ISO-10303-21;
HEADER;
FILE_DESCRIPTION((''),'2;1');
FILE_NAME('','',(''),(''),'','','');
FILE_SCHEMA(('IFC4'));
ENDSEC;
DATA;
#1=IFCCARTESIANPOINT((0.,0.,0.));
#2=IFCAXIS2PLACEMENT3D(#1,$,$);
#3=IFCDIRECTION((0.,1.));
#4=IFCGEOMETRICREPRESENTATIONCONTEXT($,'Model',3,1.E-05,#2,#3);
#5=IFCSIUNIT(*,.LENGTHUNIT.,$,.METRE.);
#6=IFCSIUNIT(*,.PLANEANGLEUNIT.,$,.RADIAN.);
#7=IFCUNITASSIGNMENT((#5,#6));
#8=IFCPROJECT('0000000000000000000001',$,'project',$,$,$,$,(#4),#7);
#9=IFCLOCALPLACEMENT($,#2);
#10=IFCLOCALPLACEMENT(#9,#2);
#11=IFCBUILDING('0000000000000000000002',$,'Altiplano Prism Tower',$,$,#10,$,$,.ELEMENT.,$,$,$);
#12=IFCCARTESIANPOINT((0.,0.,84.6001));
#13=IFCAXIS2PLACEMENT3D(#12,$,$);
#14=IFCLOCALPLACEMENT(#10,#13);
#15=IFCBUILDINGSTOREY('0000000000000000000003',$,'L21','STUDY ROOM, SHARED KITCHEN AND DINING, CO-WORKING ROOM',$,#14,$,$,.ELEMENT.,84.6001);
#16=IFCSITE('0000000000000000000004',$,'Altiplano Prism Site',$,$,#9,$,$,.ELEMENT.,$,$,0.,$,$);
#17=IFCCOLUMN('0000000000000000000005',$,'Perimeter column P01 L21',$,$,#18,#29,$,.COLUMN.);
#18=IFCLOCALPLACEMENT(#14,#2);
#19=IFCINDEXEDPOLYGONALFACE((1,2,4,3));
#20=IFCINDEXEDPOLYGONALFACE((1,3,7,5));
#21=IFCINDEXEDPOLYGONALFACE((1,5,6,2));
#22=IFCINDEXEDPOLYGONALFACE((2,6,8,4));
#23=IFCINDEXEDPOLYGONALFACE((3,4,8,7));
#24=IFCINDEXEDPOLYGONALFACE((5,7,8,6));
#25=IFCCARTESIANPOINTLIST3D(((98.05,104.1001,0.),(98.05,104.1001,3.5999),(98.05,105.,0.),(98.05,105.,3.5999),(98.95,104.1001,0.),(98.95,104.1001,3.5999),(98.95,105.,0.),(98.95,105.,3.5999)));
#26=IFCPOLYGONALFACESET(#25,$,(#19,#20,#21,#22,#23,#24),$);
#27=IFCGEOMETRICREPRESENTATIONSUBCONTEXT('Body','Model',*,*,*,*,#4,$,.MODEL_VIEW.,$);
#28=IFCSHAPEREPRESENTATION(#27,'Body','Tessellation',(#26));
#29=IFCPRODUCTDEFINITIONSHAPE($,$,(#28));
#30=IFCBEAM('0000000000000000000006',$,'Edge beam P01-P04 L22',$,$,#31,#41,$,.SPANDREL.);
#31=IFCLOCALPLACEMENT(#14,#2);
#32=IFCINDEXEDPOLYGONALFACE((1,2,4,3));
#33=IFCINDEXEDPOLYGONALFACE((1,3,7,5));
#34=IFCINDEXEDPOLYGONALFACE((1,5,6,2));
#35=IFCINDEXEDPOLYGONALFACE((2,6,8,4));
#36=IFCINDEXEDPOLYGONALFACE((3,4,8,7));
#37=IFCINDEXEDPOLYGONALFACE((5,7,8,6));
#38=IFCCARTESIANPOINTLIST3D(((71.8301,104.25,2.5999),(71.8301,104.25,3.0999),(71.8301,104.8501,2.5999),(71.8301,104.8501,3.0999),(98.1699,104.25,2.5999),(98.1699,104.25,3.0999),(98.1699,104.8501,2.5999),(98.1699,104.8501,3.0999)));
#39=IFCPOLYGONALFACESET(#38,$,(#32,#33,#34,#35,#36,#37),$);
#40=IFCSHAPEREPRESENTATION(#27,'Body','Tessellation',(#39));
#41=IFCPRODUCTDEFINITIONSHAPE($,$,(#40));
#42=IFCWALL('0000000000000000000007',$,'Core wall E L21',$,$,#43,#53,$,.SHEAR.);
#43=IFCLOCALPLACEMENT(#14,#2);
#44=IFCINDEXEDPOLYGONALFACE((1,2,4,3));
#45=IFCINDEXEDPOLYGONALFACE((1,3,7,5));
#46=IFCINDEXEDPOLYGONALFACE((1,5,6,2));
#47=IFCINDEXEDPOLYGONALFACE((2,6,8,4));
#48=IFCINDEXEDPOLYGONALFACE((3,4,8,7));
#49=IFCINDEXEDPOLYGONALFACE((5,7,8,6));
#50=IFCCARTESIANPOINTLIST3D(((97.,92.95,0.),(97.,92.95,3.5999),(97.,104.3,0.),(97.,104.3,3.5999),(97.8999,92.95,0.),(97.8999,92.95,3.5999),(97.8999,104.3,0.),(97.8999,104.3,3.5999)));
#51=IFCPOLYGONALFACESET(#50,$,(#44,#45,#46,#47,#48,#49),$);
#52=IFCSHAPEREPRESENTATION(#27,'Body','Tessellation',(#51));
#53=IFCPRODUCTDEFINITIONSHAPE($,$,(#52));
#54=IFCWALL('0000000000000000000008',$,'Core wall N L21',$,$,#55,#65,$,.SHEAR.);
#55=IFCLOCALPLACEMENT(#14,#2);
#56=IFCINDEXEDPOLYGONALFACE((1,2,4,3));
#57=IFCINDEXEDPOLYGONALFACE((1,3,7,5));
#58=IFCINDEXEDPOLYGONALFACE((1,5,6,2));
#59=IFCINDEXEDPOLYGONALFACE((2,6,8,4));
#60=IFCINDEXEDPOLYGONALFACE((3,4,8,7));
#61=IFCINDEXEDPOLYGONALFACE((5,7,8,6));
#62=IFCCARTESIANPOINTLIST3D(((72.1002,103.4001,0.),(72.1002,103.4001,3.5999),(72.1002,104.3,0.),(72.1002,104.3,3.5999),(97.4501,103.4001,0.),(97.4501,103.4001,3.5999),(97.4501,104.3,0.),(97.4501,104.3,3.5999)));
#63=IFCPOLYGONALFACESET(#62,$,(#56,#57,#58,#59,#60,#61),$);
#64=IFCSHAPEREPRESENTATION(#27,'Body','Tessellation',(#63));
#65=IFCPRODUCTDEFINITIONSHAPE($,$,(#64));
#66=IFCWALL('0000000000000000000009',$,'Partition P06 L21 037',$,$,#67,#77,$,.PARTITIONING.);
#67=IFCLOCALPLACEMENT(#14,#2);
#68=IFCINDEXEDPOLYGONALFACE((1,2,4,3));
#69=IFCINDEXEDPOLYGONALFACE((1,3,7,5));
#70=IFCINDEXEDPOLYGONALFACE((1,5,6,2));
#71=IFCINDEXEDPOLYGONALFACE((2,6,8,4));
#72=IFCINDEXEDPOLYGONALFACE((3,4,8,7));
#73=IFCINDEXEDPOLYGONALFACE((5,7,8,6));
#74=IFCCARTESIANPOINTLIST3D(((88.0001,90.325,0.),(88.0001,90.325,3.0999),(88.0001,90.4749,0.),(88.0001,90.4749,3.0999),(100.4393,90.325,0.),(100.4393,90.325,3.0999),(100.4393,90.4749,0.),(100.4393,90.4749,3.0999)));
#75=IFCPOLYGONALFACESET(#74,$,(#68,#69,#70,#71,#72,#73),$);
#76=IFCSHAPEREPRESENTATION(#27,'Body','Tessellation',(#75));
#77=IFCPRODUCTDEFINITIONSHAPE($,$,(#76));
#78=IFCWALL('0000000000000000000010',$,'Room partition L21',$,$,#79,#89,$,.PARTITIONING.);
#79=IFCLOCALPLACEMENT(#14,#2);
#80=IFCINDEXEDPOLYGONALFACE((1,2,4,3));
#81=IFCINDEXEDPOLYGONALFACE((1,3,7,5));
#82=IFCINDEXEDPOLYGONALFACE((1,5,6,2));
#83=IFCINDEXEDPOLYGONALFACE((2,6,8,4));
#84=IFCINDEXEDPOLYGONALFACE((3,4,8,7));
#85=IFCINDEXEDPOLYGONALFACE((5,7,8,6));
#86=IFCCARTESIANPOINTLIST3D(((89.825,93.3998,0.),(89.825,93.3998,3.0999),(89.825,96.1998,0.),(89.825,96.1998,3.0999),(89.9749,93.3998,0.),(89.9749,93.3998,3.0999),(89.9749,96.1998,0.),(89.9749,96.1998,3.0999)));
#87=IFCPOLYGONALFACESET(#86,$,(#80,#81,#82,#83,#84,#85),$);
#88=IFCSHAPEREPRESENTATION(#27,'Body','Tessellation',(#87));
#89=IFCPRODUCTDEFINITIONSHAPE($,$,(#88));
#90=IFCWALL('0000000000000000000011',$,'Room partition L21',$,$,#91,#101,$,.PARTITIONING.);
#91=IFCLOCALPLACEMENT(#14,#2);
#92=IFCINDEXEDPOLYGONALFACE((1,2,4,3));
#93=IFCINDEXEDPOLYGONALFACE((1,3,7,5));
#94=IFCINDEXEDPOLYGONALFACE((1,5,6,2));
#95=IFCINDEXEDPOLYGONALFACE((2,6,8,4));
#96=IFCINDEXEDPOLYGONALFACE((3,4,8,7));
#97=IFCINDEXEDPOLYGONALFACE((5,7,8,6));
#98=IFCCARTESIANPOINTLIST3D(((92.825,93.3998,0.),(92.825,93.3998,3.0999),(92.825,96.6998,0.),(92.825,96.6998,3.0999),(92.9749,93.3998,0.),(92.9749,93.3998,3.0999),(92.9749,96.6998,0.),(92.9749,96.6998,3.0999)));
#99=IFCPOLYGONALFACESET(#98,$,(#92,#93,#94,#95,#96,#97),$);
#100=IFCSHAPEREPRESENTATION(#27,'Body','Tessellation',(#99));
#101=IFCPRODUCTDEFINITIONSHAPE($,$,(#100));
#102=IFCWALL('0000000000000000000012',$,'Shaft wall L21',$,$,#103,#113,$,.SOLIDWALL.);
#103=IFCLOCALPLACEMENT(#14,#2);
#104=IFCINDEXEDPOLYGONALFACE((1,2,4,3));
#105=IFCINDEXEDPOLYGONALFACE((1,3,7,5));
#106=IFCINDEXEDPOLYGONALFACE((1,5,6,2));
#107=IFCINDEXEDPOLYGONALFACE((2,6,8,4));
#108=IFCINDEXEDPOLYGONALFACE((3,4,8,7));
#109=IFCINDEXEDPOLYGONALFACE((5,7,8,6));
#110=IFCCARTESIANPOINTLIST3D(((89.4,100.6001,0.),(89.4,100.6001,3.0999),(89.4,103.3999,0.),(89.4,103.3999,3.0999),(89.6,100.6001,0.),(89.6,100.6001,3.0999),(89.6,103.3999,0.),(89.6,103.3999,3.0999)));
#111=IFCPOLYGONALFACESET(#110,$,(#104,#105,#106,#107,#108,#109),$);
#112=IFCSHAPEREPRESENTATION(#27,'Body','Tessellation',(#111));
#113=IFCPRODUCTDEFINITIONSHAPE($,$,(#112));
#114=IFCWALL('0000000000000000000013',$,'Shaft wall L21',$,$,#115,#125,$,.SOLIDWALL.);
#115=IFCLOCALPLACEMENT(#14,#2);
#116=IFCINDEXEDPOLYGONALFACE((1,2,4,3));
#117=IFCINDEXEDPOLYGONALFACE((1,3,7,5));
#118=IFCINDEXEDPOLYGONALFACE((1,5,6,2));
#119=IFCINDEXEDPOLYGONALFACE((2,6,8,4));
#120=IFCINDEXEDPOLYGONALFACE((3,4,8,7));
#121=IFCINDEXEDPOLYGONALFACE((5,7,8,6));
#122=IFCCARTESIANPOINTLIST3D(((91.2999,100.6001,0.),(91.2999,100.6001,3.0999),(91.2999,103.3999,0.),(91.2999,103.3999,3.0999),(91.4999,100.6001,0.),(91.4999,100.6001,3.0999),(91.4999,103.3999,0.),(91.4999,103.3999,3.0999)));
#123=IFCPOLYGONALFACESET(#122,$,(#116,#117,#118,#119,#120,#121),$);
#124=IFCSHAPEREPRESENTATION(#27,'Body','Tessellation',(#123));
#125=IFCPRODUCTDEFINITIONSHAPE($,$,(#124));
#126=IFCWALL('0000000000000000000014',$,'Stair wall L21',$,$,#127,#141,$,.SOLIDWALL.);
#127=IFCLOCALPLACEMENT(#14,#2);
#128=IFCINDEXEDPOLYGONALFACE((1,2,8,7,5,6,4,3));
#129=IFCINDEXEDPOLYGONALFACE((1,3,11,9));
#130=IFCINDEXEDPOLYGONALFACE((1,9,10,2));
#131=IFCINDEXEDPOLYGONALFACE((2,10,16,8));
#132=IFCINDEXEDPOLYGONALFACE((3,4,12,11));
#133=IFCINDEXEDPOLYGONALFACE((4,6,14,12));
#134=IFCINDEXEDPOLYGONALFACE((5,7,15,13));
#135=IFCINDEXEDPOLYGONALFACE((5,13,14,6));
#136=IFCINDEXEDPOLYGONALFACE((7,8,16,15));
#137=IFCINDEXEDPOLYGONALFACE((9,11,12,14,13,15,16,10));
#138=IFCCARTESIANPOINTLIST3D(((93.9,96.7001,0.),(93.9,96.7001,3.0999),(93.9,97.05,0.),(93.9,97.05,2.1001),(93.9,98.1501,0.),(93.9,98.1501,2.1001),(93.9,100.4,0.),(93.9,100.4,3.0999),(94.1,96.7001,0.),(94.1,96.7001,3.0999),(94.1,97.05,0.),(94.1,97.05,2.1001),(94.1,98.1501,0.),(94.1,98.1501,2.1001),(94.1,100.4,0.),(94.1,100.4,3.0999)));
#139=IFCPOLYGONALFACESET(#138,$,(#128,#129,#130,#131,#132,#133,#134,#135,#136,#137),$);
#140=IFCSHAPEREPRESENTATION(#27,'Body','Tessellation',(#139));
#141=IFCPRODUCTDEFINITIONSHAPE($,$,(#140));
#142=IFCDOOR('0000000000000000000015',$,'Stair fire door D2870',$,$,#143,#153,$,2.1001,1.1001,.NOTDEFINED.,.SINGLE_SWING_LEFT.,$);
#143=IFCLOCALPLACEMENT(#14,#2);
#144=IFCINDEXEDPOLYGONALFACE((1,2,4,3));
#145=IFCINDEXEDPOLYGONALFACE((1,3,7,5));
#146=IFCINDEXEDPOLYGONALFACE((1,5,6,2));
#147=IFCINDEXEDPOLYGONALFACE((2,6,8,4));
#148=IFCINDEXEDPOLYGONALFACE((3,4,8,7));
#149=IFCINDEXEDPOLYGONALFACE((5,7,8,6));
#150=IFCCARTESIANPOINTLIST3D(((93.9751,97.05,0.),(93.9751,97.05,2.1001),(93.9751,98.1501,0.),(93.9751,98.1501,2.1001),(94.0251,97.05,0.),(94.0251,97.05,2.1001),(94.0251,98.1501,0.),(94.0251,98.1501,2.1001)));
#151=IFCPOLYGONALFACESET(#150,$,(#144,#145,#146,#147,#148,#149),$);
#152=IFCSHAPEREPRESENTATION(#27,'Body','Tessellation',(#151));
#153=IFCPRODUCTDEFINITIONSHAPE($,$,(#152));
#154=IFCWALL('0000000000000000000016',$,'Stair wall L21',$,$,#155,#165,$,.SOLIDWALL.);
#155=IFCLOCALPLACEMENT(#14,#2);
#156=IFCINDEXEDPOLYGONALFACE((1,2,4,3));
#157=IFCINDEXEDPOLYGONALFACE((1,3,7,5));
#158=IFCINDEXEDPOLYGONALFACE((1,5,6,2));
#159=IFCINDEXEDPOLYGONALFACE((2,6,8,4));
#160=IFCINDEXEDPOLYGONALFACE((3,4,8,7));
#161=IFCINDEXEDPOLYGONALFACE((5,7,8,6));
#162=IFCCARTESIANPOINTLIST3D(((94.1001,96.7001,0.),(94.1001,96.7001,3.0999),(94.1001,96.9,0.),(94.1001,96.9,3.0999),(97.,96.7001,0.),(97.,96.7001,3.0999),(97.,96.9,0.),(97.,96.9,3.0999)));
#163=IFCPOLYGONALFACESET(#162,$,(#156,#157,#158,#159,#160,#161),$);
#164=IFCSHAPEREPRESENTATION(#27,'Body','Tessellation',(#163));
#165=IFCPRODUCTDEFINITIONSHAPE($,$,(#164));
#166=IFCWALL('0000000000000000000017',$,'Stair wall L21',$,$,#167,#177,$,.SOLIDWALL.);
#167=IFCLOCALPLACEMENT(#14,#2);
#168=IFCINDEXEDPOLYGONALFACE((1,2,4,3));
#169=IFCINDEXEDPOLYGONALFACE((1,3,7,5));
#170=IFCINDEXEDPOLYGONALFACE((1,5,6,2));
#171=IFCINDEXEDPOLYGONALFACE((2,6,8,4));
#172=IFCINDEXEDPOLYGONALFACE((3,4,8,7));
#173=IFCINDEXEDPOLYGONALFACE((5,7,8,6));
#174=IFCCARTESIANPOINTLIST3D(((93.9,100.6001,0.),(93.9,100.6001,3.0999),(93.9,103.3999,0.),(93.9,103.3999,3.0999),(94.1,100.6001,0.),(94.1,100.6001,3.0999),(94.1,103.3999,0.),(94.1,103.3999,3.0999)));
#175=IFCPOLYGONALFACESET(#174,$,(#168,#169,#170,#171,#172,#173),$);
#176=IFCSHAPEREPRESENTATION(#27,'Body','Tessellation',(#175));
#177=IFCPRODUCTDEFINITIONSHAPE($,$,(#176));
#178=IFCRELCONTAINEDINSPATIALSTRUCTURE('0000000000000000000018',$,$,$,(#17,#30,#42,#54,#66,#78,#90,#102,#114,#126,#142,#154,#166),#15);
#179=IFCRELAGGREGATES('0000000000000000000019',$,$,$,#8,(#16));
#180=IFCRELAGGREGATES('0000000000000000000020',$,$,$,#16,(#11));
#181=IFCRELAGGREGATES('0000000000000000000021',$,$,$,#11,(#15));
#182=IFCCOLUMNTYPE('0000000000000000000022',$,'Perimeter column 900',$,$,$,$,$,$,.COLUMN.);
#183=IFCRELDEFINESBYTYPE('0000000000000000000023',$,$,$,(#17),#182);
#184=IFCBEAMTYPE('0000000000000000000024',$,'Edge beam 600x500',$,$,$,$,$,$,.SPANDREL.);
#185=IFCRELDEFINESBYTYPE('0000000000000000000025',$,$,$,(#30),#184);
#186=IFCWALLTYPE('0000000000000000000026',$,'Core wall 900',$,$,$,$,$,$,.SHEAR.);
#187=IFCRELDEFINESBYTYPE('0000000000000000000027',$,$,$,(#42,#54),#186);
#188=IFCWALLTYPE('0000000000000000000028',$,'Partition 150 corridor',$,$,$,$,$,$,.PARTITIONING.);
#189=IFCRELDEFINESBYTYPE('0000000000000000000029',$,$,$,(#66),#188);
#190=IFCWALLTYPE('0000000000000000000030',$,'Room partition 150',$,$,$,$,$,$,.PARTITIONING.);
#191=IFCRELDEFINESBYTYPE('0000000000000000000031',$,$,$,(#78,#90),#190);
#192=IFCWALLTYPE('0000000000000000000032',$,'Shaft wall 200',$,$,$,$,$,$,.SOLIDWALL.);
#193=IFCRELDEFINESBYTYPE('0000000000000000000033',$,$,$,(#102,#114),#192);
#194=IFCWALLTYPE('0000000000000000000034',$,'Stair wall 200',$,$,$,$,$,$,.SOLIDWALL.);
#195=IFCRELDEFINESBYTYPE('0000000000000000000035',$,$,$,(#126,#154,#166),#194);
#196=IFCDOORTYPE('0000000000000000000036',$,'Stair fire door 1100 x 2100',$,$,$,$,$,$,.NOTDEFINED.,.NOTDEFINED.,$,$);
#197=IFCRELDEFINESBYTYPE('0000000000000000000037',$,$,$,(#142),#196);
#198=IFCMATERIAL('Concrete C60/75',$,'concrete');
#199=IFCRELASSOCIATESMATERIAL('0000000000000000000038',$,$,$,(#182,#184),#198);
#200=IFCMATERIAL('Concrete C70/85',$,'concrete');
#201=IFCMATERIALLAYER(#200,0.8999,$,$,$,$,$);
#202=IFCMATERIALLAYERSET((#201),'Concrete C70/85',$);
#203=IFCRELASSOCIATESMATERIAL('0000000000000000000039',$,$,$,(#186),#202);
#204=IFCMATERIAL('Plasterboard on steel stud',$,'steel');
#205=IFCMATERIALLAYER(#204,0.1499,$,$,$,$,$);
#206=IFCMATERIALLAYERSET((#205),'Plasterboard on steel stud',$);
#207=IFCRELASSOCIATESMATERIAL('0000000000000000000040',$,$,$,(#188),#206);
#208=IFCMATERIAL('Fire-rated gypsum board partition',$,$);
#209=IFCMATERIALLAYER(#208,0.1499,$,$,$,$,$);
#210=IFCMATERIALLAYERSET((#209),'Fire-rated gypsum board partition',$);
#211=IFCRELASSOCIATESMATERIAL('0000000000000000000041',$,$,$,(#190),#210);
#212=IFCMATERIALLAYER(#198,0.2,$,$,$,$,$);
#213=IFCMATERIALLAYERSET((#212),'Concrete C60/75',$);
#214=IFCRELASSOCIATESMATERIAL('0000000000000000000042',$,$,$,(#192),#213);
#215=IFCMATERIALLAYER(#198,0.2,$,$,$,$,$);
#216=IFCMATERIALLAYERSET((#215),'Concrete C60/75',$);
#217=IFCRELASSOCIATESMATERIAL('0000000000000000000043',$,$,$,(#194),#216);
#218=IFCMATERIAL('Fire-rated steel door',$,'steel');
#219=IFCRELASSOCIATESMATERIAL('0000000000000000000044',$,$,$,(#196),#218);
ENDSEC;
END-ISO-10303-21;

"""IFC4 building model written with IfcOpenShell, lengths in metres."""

from ifc_helpers import new_model, si_unit, direction, frame, frame_2d, origin, origin_2d, place, context, subcontext, project, spatial, rectangle, extrude, material, layer, layer_set, material_profile, profile_set, type_object, element, fill, save


model = new_model("IFC4")

# Units and contexts
model_context = context("Model", 3, precision=1e-05, world=origin(), true_north=direction((0.0, 1.0)))
body_context = subcontext(model_context, "Body", "Model", "MODEL_VIEW")
ifc_project = project(units=[si_unit("LENGTHUNIT", "METRE"), si_unit("PLANEANGLEUNIT", "RADIAN")], contexts=[model_context])

# Site, building, storey
site_placement = place(None, origin())
site = spatial("IfcSite", under=ifc_project, at=site_placement, Name="Altiplano Prism Site", CompositionType="ELEMENT", RefElevation=0.0)
building_placement = place(site_placement, origin())
building = spatial("IfcBuilding", under=site, at=building_placement, Name="Altiplano Prism Tower", CompositionType="ELEMENT")
storey_placement = place(building_placement, frame((0.0, 0.0, 84.6001)))
storey = spatial("IfcBuildingStorey", under=building, at=storey_placement, Name="L21", Description="STUDY ROOM, SHARED KITCHEN AND DINING, CO-WORKING ROOM", CompositionType="ELEMENT", Elevation=84.6001)

# Column
ifc_material_1 = material(Name="Concrete C60/75", Category="concrete")
ifc_material_profile_1 = material_profile(ifc_material_1, rectangle(XDim=0.8999, YDim=0.8999, at=origin_2d()), Name="Perimeter column 900")
ifc_profile_set_1 = profile_set([ifc_material_profile_1], Name="Concrete C60/75")
column_type = type_object("IfcColumnType", Name="Perimeter column 900", PredefinedType="COLUMN", material=ifc_profile_set_1)
column_placement = place(storey_placement, frame((98.5, 104.55, 0.0), z_axis=(0.0, 0.0, 1.0), x_axis=(1.0, 0.0, 0.0)))
element("IfcColumn", 1, at=column_placement, inside=storey, type_object=column_type, Name="Perimeter column P01 L21", PredefinedType="COLUMN", context=body_context, shape_type="SweptSolid", body=[
    extrude(rectangle(XDim=0.8999, YDim=0.8999, at=origin_2d()), origin(), (0.0, 0.0, 1.0), 3.5999),
])

# Beam
ifc_material_profile_2 = material_profile(ifc_material_1, rectangle(XDim=0.6001, YDim=0.5, at=origin_2d()), Name="Edge beam 600x500")
ifc_profile_set_2 = profile_set([ifc_material_profile_2], Name="Concrete C60/75")
beam_type = type_object("IfcBeamType", Name="Edge beam 600x500", PredefinedType="SPANDREL", material=ifc_profile_set_2)
beam_placement = place(storey_placement, frame((98.1699, 104.55, 2.8499), z_axis=(-1.0, 0.0, 0.0), x_axis=(0.0, -1.0, 0.0)))
element("IfcBeam", 2, at=beam_placement, inside=storey, type_object=beam_type, Name="Edge beam P01-P04 L22", PredefinedType="SPANDREL", context=body_context, shape_type="SweptSolid", body=[
    extrude(rectangle(XDim=0.6001, YDim=0.5, at=origin_2d()), origin(), (0.0, 0.0, 1.0), 26.3398),
])

# Walls
ifc_material_2 = material(Name="Concrete C70/85", Category="concrete")
ifc_layer_1 = layer(ifc_material_2, 0.8999)
ifc_layer_set_1 = layer_set([ifc_layer_1], Name="Concrete C70/85")
wall_type_1 = type_object("IfcWallType", Name="Core wall 900", PredefinedType="SHEAR", material=ifc_layer_set_1)
wall_1_placement = place(storey_placement, frame((97.45, 92.95, 0.0), z_axis=(0.0, 0.0, 1.0), x_axis=(0.0, 1.0, 0.0)))
element("IfcWall", 3, at=wall_1_placement, inside=storey, type_object=wall_type_1, Name="Core wall E L21", PredefinedType="SHEAR", context=body_context, shape_type="SweptSolid", body=[
    extrude(rectangle(XDim=11.3501, YDim=0.8999, at=frame_2d((5.675, 0.0))), origin(), (0.0, 0.0, 1.0), 3.5999),
])
wall_2_placement = place(storey_placement, frame((97.45, 103.8501, 0.0), z_axis=(0.0, 0.0, 1.0), x_axis=(-1.0, 0.0, 0.0)))
element("IfcWall", 4, at=wall_2_placement, inside=storey, type_object=wall_type_1, Name="Core wall N L21", PredefinedType="SHEAR", context=body_context, shape_type="SweptSolid", body=[
    extrude(rectangle(XDim=25.3499, YDim=0.8999, at=frame_2d((12.6748, 0.0))), origin(), (0.0, 0.0, 1.0), 3.5999),
])
ifc_material_3 = material(Name="Plasterboard on steel stud", Category="steel")
ifc_layer_2 = layer(ifc_material_3, 0.1499)
ifc_layer_set_2 = layer_set([ifc_layer_2], Name="Plasterboard on steel stud")
wall_type_2 = type_object("IfcWallType", Name="Partition 150 corridor", PredefinedType="PARTITIONING", material=ifc_layer_set_2)
wall_3_placement = place(storey_placement, frame((88.0, 90.3999, 0.0), z_axis=(0.0, 0.0, 1.0), x_axis=(1.0, 0.0, 0.0)))
element("IfcWall", 5, at=wall_3_placement, inside=storey, type_object=wall_type_2, Name="Partition P06 L21 037", PredefinedType="PARTITIONING", context=body_context, shape_type="SweptSolid", body=[
    extrude(rectangle(XDim=12.4392, YDim=0.1499, at=frame_2d((6.2197, 0.0))), origin(), (0.0, 0.0, 1.0), 3.0999),
])
ifc_material_4 = material(Name="Fire-rated gypsum board partition")
ifc_layer_3 = layer(ifc_material_4, 0.1499)
ifc_layer_set_3 = layer_set([ifc_layer_3], Name="Fire-rated gypsum board partition")
wall_type_3 = type_object("IfcWallType", Name="Room partition 150", PredefinedType="PARTITIONING", material=ifc_layer_set_3)
wall_4_placement = place(storey_placement, frame((89.8999, 93.3999, 0.0), z_axis=(0.0, 0.0, 1.0), x_axis=(0.0, 1.0, 0.0)))
element("IfcWall", 6, at=wall_4_placement, inside=storey, type_object=wall_type_3, Name="Room partition L21", PredefinedType="PARTITIONING", context=body_context, shape_type="SweptSolid", body=[
    extrude(rectangle(XDim=2.8, YDim=0.1499, at=frame_2d((1.3999, 0.0))), origin(), (0.0, 0.0, 1.0), 3.0999),
])
wall_5_placement = place(storey_placement, frame((92.8999, 93.3999, 0.0), z_axis=(0.0, 0.0, 1.0), x_axis=(0.0, 1.0, 0.0)))
element("IfcWall", 7, at=wall_5_placement, inside=storey, type_object=wall_type_3, Name="Room partition L21", PredefinedType="PARTITIONING", context=body_context, shape_type="SweptSolid", body=[
    extrude(rectangle(XDim=3.3, YDim=0.1499, at=frame_2d((1.6499, 0.0))), origin(), (0.0, 0.0, 1.0), 3.0999),
])
ifc_layer_4 = layer(ifc_material_1, 0.2)
ifc_layer_set_4 = layer_set([ifc_layer_4], Name="Concrete C60/75")
wall_type_4 = type_object("IfcWallType", Name="Shaft wall 200", PredefinedType="SOLIDWALL", material=ifc_layer_set_4)
for number, where, z_axis, x_axis, name in (
    (8, (89.5, 100.6001, 0.0), (0.0, 0.0, 1.0), (0.0, 1.0, 0.0), "Shaft wall L21"),
    (9, (91.3999, 100.6001, 0.0), (0.0, 0.0, 1.0), (0.0, 1.0, 0.0), "Shaft wall L21"),
):
    element("IfcWall", number, at=place(storey_placement, frame(where, z_axis=z_axis, x_axis=x_axis)), inside=storey, type_object=wall_type_4, Name=name, PredefinedType="SOLIDWALL", context=body_context, shape_type="SweptSolid", body=[
        extrude(rectangle(XDim=2.7998, YDim=0.2, at=frame_2d((1.3999, 0.0))), origin(), (0.0, 0.0, 1.0), 3.0999),
    ])

# Wall, opening, door
ifc_layer_5 = layer(ifc_material_1, 0.2)
ifc_layer_set_5 = layer_set([ifc_layer_5], Name="Concrete C60/75")
wall_type_5 = type_object("IfcWallType", Name="Stair wall 200", PredefinedType="SOLIDWALL", material=ifc_layer_set_5)
wall_6_placement = place(storey_placement, frame((94.0, 96.7, 0.0), z_axis=(0.0, 0.0, 1.0), x_axis=(0.0, 1.0, 0.0)))
wall_6 = element("IfcWall", 10, at=wall_6_placement, inside=storey, type_object=wall_type_5, Name="Stair wall L21", PredefinedType="SOLIDWALL", context=body_context, shape_type="SweptSolid", body=[
    extrude(rectangle(XDim=3.7, YDim=0.2, at=frame_2d((1.8501, 0.0))), origin(), (0.0, 0.0, 1.0), 3.0999),
])
opening_1_placement = place(wall_6_placement, frame((0.3501, 0.0, 0.0)))
opening_1 = element("IfcOpeningElement", 11, at=opening_1_placement, cuts=wall_6, PredefinedType="OPENING", context=body_context, shape_type="SweptSolid", body=[
    extrude(rectangle(XDim=1.1001, YDim=2.1001, at=frame_2d((0.55, 1.05))), frame((0.0, 0.1104, 0.0), z_axis=(0.0, -1.0, 0.0), x_axis=(1.0, 0.0, 0.0)), (0.0, 0.0, 1.0), 0.2209),
])
ifc_material_5 = material(Name="Fire-rated steel door", Category="steel")
door_type_1 = type_object("IfcDoorType", Name="Stair fire door 1100 x 2100", OperationType="NOTDEFINED", PredefinedType="NOTDEFINED", material=ifc_material_5)
door_1_placement = place(opening_1_placement, origin())
door_1 = element("IfcDoor", 12, at=door_1_placement, inside=storey, type_object=door_type_1, Name="Stair fire door D2870", OperationType="SINGLE_SWING_LEFT", OverallHeight=2.1001, OverallWidth=1.1001, PredefinedType="NOTDEFINED", context=body_context, shape_type="SweptSolid", body=[
    extrude(rectangle(XDim=1.1001, YDim=2.1001, at=frame_2d((0.55, 1.05))), frame((0.0, 0.0249, 0.0), z_axis=(0.0, -1.0, 0.0), x_axis=(1.0, 0.0, 0.0)), (0.0, 0.0, 1.0), 0.05),
])
fill(opening_1, door_1)

# Walls
wall_7_placement = place(storey_placement, frame((94.1001, 96.8, 0.0), z_axis=(0.0, 0.0, 1.0), x_axis=(1.0, 0.0, 0.0)))
element("IfcWall", 13, at=wall_7_placement, inside=storey, type_object=wall_type_5, Name="Stair wall L21", PredefinedType="SOLIDWALL", context=body_context, shape_type="SweptSolid", body=[
    extrude(rectangle(XDim=2.8999, YDim=0.2, at=frame_2d((1.45, 0.0))), origin(), (0.0, 0.0, 1.0), 3.0999),
])
wall_8_placement = place(storey_placement, frame((94.0, 100.6001, 0.0), z_axis=(0.0, 0.0, 1.0), x_axis=(0.0, 1.0, 0.0)))
element("IfcWall", 14, at=wall_8_placement, inside=storey, type_object=wall_type_5, Name="Stair wall L21", PredefinedType="SOLIDWALL", context=body_context, shape_type="SweptSolid", body=[
    extrude(rectangle(XDim=2.7998, YDim=0.2, at=frame_2d((1.3999, 0.0))), origin(), (0.0, 0.0, 1.0), 3.0999),
])

save(model, "model.ifc")
